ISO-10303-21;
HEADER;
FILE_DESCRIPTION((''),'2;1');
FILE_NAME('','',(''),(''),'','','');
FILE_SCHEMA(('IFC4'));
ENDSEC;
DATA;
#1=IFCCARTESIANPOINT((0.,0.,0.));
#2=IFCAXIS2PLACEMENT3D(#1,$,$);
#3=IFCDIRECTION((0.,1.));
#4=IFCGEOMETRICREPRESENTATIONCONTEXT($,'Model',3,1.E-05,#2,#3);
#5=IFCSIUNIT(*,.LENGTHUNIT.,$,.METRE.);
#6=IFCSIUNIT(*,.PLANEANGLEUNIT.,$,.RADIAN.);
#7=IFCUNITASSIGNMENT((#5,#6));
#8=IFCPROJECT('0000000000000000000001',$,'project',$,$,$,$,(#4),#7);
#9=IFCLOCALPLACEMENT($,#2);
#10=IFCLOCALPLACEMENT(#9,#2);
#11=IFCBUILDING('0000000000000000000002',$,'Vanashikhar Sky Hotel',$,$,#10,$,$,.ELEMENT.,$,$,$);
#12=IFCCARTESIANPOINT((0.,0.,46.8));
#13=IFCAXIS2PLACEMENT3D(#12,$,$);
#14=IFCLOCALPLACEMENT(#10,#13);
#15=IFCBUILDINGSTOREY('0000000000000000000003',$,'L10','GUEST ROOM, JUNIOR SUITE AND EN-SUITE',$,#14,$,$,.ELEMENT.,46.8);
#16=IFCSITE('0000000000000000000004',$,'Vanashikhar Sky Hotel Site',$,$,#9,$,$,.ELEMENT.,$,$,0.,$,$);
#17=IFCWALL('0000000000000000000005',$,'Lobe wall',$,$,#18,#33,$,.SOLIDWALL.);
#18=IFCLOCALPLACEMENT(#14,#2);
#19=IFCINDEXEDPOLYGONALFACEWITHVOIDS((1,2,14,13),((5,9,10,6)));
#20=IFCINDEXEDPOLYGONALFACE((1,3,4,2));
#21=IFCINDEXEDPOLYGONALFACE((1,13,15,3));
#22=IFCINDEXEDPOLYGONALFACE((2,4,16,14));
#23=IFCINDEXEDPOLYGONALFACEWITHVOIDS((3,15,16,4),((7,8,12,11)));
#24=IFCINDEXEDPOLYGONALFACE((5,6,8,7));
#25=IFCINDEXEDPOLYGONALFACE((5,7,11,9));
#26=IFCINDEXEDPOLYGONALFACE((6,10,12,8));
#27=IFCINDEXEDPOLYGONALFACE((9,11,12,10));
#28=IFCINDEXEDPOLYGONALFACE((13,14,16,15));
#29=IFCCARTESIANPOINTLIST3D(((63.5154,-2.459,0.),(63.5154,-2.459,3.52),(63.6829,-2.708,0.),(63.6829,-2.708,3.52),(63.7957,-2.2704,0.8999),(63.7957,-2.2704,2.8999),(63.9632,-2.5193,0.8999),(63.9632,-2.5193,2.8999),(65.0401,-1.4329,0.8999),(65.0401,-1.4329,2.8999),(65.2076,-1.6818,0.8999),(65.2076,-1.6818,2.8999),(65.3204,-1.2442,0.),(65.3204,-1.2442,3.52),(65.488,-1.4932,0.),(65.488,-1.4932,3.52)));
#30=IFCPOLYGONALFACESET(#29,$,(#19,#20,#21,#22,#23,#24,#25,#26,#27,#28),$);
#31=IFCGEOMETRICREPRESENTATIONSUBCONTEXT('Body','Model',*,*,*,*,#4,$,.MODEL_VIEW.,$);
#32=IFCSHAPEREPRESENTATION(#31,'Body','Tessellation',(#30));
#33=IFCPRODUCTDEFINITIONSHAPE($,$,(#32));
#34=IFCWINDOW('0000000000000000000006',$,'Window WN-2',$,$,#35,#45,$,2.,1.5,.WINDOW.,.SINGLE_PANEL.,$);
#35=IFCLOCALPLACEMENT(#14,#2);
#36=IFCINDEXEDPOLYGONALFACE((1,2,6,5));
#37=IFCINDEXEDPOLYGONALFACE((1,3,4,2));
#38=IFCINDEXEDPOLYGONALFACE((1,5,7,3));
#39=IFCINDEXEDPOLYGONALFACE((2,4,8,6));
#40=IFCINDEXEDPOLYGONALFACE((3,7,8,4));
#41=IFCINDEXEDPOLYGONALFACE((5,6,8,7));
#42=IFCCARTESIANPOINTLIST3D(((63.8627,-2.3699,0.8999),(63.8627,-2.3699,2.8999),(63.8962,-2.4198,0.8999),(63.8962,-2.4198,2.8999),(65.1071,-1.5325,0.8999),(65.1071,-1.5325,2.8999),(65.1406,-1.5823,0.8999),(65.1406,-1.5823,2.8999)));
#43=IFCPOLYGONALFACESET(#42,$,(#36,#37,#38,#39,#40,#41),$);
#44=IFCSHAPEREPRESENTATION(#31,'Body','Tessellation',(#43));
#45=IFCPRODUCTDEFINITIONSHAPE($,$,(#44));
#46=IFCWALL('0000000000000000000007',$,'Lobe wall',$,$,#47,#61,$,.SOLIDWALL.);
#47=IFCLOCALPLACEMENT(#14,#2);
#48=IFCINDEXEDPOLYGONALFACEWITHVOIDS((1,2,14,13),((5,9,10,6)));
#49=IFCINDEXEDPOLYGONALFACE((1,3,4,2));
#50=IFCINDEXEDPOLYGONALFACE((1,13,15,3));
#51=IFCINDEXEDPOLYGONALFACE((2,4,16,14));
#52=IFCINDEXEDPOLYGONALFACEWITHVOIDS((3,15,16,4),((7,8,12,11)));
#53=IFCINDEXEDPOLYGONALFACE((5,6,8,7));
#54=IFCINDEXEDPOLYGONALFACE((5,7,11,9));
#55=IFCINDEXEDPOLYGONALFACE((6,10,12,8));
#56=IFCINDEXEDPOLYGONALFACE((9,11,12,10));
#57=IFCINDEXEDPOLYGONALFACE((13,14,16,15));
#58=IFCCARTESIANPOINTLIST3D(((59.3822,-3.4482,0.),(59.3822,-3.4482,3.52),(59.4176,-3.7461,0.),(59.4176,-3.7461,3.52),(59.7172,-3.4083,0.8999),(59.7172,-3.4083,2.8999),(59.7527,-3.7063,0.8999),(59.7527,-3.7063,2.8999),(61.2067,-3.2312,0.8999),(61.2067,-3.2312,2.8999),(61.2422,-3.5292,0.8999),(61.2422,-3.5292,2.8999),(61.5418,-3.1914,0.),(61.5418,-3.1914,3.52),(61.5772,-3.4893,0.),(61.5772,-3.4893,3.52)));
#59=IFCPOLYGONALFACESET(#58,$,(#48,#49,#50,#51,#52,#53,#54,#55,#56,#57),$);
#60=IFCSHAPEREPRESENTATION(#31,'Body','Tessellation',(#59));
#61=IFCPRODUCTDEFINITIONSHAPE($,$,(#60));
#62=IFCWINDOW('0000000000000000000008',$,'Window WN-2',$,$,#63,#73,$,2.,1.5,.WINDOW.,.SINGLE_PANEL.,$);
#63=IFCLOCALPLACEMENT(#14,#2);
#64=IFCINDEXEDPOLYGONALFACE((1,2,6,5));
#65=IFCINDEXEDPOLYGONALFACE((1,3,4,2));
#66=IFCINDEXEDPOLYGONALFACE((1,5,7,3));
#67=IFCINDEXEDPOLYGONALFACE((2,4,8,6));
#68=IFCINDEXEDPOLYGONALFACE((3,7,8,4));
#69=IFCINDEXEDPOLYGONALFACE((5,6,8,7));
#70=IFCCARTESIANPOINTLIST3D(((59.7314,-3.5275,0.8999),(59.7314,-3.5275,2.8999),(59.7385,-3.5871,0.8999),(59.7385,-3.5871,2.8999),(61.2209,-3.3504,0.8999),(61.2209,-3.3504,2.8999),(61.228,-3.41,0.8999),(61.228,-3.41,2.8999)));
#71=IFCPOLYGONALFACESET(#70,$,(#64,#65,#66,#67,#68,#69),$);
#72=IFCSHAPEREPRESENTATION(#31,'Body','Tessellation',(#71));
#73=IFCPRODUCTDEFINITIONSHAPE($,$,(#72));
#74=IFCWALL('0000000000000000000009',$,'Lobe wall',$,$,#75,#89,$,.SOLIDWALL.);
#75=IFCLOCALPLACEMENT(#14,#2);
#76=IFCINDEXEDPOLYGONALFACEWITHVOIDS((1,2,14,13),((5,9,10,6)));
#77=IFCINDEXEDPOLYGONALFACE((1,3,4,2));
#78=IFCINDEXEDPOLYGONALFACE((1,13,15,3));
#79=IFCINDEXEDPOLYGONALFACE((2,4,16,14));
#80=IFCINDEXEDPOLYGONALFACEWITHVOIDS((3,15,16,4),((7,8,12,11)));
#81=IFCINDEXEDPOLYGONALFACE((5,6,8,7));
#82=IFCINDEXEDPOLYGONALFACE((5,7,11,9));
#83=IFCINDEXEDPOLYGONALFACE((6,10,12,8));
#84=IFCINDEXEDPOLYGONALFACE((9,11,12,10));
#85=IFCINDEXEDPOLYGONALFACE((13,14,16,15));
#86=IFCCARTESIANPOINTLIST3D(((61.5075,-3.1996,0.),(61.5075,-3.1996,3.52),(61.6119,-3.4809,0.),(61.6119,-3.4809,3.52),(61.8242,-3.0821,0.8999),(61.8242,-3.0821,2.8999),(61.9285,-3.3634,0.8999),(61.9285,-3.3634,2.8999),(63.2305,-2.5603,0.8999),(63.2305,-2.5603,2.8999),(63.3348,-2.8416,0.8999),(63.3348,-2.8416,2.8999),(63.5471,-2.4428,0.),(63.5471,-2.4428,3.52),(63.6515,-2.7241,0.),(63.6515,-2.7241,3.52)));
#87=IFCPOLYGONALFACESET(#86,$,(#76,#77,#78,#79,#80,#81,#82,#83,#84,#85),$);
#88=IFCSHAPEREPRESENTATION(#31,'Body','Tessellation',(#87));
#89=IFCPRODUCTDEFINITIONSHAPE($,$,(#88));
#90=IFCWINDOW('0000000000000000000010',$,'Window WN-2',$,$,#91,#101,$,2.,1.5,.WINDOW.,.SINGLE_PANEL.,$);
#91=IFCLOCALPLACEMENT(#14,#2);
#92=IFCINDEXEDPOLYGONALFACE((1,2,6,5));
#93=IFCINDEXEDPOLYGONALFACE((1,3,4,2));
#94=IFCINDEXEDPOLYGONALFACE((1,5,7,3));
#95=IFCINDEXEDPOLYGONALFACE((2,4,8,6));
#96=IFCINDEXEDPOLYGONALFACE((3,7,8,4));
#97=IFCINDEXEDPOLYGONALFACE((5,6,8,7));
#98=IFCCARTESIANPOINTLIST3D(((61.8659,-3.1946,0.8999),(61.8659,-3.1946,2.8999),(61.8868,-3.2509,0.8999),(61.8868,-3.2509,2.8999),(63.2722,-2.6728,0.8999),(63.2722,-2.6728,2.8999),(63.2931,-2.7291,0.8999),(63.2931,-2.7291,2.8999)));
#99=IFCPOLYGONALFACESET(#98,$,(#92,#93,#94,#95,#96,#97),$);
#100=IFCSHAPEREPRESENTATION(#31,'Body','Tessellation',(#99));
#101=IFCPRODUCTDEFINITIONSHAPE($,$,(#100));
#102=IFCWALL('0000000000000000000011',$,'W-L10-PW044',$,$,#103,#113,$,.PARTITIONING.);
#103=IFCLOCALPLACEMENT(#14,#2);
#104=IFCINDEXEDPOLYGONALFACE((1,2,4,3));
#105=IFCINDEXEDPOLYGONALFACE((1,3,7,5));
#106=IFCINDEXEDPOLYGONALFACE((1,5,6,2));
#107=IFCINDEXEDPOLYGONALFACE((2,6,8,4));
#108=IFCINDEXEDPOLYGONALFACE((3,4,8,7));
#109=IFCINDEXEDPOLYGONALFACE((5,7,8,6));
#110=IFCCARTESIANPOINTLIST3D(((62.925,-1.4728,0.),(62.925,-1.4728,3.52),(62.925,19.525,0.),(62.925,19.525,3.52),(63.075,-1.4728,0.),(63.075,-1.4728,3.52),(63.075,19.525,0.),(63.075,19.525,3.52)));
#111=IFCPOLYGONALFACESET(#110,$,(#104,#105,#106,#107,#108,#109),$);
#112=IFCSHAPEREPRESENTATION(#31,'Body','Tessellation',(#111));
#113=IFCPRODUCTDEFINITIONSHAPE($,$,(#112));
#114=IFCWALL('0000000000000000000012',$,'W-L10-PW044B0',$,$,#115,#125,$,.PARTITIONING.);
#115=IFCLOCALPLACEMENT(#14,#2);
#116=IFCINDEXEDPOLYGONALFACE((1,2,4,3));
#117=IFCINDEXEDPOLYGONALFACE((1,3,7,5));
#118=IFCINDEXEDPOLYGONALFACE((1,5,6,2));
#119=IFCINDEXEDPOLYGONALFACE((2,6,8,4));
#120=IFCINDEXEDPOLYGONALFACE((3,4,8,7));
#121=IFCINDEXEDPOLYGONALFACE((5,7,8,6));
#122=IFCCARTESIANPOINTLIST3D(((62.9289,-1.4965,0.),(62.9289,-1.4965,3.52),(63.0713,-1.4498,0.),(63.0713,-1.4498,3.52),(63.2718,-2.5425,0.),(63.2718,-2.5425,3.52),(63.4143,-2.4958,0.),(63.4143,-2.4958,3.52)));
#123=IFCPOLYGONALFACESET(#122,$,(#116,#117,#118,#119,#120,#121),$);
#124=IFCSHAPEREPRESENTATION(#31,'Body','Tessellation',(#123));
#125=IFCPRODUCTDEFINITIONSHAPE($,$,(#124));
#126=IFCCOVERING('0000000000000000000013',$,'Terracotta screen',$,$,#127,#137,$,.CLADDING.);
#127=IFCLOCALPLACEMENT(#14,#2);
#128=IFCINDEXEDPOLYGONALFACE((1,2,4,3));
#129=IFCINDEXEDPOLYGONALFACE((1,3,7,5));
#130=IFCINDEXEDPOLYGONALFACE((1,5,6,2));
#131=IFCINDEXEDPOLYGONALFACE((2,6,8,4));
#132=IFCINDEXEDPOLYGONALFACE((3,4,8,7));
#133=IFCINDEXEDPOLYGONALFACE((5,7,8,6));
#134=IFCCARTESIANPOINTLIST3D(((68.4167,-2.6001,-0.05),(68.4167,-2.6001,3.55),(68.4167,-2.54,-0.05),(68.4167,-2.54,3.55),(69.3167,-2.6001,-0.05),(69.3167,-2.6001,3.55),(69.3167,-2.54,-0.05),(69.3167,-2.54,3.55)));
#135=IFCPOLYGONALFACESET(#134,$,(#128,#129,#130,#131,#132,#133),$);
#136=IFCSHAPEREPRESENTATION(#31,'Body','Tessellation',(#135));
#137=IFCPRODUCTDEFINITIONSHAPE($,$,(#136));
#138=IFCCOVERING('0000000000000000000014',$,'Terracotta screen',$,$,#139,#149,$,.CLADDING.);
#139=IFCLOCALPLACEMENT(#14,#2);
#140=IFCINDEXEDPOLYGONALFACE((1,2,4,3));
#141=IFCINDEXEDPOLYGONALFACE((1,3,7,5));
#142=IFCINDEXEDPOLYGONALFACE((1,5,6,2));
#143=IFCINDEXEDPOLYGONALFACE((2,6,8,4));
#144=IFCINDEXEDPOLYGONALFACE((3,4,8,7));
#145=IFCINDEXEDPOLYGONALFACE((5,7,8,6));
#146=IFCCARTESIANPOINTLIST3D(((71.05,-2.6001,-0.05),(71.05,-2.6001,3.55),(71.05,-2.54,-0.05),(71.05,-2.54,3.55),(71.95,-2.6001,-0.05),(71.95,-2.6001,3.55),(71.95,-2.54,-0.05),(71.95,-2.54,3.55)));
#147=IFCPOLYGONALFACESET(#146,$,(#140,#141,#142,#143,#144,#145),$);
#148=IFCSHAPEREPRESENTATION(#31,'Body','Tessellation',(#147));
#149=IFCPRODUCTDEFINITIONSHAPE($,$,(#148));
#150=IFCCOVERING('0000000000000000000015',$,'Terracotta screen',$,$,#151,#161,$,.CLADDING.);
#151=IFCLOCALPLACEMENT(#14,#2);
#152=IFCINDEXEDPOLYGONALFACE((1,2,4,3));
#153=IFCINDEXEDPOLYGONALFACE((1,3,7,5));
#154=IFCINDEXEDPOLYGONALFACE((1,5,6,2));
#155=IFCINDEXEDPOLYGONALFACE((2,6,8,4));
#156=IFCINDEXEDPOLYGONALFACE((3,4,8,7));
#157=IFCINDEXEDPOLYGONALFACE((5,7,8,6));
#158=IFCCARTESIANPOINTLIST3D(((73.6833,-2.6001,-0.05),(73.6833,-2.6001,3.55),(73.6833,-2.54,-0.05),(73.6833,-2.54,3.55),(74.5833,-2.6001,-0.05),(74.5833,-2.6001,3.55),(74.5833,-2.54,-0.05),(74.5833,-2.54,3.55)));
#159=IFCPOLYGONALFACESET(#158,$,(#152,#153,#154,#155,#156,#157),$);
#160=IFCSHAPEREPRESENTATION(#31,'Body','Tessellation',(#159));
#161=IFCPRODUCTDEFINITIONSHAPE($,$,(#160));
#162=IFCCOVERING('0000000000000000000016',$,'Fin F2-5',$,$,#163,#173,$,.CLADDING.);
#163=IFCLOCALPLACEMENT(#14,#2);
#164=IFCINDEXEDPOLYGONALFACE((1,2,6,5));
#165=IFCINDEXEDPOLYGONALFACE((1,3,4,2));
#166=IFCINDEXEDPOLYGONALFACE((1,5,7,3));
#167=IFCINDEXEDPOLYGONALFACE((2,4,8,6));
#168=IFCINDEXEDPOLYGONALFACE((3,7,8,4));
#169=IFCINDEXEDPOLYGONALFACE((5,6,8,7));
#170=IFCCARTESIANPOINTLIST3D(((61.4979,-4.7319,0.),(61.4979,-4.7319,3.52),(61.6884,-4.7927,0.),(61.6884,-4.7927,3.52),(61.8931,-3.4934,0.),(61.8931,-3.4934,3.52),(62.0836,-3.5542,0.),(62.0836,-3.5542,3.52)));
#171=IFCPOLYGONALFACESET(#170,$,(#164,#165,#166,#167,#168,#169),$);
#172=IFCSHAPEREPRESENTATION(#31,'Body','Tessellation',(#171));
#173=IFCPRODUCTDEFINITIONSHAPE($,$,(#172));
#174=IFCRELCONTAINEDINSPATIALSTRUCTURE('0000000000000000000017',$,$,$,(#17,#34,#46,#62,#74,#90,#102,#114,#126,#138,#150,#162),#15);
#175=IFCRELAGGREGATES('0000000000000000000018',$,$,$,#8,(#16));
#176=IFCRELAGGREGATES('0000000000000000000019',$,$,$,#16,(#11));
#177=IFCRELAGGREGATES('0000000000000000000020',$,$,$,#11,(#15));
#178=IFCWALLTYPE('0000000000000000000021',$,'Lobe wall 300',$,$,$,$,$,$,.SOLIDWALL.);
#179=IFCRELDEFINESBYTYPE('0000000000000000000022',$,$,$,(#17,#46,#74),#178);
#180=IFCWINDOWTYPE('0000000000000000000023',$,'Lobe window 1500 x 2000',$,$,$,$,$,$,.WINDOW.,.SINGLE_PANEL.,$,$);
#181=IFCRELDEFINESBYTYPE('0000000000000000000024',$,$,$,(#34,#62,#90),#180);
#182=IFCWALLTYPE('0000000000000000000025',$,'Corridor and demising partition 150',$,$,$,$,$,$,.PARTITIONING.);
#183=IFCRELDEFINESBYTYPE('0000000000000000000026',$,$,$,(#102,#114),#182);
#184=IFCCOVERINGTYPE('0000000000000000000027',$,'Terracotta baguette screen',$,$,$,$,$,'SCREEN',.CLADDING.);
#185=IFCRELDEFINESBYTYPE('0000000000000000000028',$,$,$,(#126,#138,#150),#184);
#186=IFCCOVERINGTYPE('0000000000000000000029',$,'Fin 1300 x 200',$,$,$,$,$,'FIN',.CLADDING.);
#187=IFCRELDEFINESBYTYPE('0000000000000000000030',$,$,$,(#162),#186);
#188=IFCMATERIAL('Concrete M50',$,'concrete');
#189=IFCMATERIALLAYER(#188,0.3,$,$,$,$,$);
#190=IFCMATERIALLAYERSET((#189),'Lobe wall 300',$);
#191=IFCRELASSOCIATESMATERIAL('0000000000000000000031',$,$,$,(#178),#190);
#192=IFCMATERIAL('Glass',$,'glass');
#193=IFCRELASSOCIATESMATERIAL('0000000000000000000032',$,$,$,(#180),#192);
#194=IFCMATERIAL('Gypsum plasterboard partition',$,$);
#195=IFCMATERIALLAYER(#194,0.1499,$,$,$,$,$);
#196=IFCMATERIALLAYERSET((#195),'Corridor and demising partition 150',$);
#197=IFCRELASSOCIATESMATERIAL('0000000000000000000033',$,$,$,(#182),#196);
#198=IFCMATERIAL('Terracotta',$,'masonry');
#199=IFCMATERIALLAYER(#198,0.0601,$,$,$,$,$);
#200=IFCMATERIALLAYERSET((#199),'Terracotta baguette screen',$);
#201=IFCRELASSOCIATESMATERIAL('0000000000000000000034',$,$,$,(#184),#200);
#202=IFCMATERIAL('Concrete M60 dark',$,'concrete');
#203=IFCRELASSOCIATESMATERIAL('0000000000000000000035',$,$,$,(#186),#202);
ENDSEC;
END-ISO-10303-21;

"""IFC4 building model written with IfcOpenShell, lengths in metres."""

from ifc_helpers import new_model, si_unit, direction, frame, frame_2d, origin, origin_2d, place, context, subcontext, project, spatial, rectangle, extrude, source, transform, mapped, material, layer, layer_set, material_profile, profile_set, type_object, element, fill, save


model = new_model("IFC4")

# Units and contexts
model_context = context("Model", 3, precision=1e-05, world=origin(), true_north=direction((0.0, 1.0)))
body_context = subcontext(model_context, "Body", "Model", "MODEL_VIEW")
ifc_project = project(units=[si_unit("LENGTHUNIT", "METRE"), si_unit("PLANEANGLEUNIT", "RADIAN")], contexts=[model_context])

# Site, building, storey
site_placement = place(None, origin())
site = spatial("IfcSite", under=ifc_project, at=site_placement, Name="Vanashikhar Sky Hotel Site", CompositionType="ELEMENT", RefElevation=0.0)
building_placement = place(site_placement, origin())
building = spatial("IfcBuilding", under=site, at=building_placement, Name="Vanashikhar Sky Hotel", CompositionType="ELEMENT")
storey_placement = place(building_placement, frame((0.0, 0.0, 46.8)))
storey = spatial("IfcBuildingStorey", under=building, at=storey_placement, Name="L10", Description="GUEST ROOM, JUNIOR SUITE AND EN-SUITE", CompositionType="ELEMENT", Elevation=46.8)

# Walls, openings, windows
ifc_material_1 = material(Name="Concrete M50", Category="concrete")
ifc_layer_1 = layer(ifc_material_1, 0.3)
ifc_layer_set_1 = layer_set([ifc_layer_1], Name="Lobe wall 300")
wall_type_1 = type_object("IfcWallType", Name="Lobe wall 300", PredefinedType="SOLIDWALL", material=ifc_layer_set_1)
shared_shape_1 = source(origin(), body_context, "Body", "SweptSolid", [
    extrude(rectangle(XDim=2.1758, YDim=0.3, at=frame_2d((1.0879, 0.0))), origin(), (0.0, 0.0, 1.0), 3.52),
])
wall_1_placement = place(storey_placement, frame((63.5991, -2.5835, 0.0), z_axis=(0.0, 0.0, 1.0), x_axis=(0.829626, 0.55832, 0.0)))
wall_1 = element("IfcWall", 1, at=wall_1_placement, inside=storey, type_object=wall_type_1, Name="Lobe wall", PredefinedType="SOLIDWALL", context=body_context, shape_type="MappedRepresentation", body=[
    mapped(shared_shape_1, transform((0.0, 0.0, 0.0), scale=1.0)),
])
shared_shape_2 = source(origin(), body_context, "Body", "SweptSolid", [
    extrude(rectangle(XDim=1.5, YDim=2.0, at=frame_2d((0.75, 1.0))), frame((0.0, 0.1602, 0.0), z_axis=(0.0, -1.0, 0.0), x_axis=(1.0, 0.0, 0.0)), (0.0, 0.0, 1.0), 0.3201),
])
opening_1_placement = place(wall_1_placement, frame((0.3379, 0.0, 0.8999)))
opening_1 = element("IfcOpeningElement", 2, at=opening_1_placement, cuts=wall_1, PredefinedType="OPENING", context=body_context, shape_type="MappedRepresentation", body=[
    mapped(shared_shape_2, transform((0.0, 0.0, 0.0), scale=1.0)),
])
ifc_material_2 = material(Name="Glass", Category="glass")
window_type = type_object("IfcWindowType", Name="Lobe window 1500 x 2000", PartitioningType="SINGLE_PANEL", PredefinedType="WINDOW", material=ifc_material_2)
shared_shape_3 = source(origin(), body_context, "Body", "SweptSolid", [
    extrude(rectangle(XDim=1.5, YDim=2.0, at=frame_2d((0.75, 1.0))), frame((0.0, 0.03, 0.0), z_axis=(0.0, -1.0, 0.0), x_axis=(1.0, 0.0, 0.0)), (0.0, 0.0, 1.0), 0.0601),
])
window_1_placement = place(opening_1_placement, origin())
window_1 = element("IfcWindow", 3, at=window_1_placement, inside=storey, type_object=window_type, Name="Window WN-2", OverallHeight=2.0, OverallWidth=1.5, PartitioningType="SINGLE_PANEL", PredefinedType="WINDOW", context=body_context, shape_type="MappedRepresentation", body=[
    mapped(shared_shape_3, transform((0.0, 0.0, 0.0), scale=1.0)),
])
fill(opening_1, window_1)
shared_shape_4 = source(origin(), body_context, "Body", "SweptSolid", [
    extrude(rectangle(XDim=2.1748, YDim=0.3, at=frame_2d((1.0874, 0.0))), origin(), (0.0, 0.0, 1.0), 3.52),
])
wall_2_placement = place(storey_placement, frame((59.3999, -3.5972, 0.0), z_axis=(0.0, 0.0, 1.0), x_axis=(0.993003, 0.118092, 0.0)))
wall_2 = element("IfcWall", 4, at=wall_2_placement, inside=storey, type_object=wall_type_1, Name="Lobe wall", PredefinedType="SOLIDWALL", context=body_context, shape_type="MappedRepresentation", body=[
    mapped(shared_shape_4, transform((0.0, 0.0, 0.0), scale=1.0)),
])
opening_2_placement = place(wall_2_placement, frame((0.3374, 0.0, 0.8999)))
opening_2 = element("IfcOpeningElement", 5, at=opening_2_placement, cuts=wall_2, PredefinedType="OPENING", context=body_context, shape_type="MappedRepresentation", body=[
    mapped(shared_shape_2, transform((0.0, 0.0, 0.0), scale=1.0)),
])
window_2_placement = place(opening_2_placement, origin())
window_2 = element("IfcWindow", 6, at=window_2_placement, inside=storey, type_object=window_type, Name="Window WN-2", OverallHeight=2.0, OverallWidth=1.5, PartitioningType="SINGLE_PANEL", PredefinedType="WINDOW", context=body_context, shape_type="MappedRepresentation", body=[
    mapped(shared_shape_3, transform((0.0, 0.0, 0.0), scale=1.0)),
])
fill(opening_2, window_2)
shared_shape_5 = source(origin(), body_context, "Body", "SweptSolid", [
    extrude(rectangle(XDim=2.1755, YDim=0.3, at=frame_2d((1.0879, 0.0))), origin(), (0.0, 0.0, 1.0), 3.52),
])
wall_3_placement = place(storey_placement, frame((61.5596, -3.3403, 0.0), z_axis=(0.0, 0.0, 1.0), x_axis=(0.937532, 0.347899, 0.0)))
wall_3 = element("IfcWall", 7, at=wall_3_placement, inside=storey, type_object=wall_type_1, Name="Lobe wall", PredefinedType="SOLIDWALL", context=body_context, shape_type="MappedRepresentation", body=[
    mapped(shared_shape_5, transform((0.0, 0.0, 0.0), scale=1.0)),
])
opening_3_placement = place(wall_3_placement, frame((0.3379, 0.0, 0.8999)))
opening_3 = element("IfcOpeningElement", 8, at=opening_3_placement, cuts=wall_3, PredefinedType="OPENING", context=body_context, shape_type="MappedRepresentation", body=[
    mapped(shared_shape_2, transform((0.0, 0.0, 0.0), scale=1.0)),
])
window_3_placement = place(opening_3_placement, origin())
window_3 = element("IfcWindow", 9, at=window_3_placement, inside=storey, type_object=window_type, Name="Window WN-2", OverallHeight=2.0, OverallWidth=1.5, PartitioningType="SINGLE_PANEL", PredefinedType="WINDOW", context=body_context, shape_type="MappedRepresentation", body=[
    mapped(shared_shape_3, transform((0.0, 0.0, 0.0), scale=1.0)),
])
fill(opening_3, window_3)

# Walls
ifc_material_3 = material(Name="Gypsum plasterboard partition")
ifc_layer_2 = layer(ifc_material_3, 0.1499)
ifc_layer_set_2 = layer_set([ifc_layer_2], Name="Corridor and demising partition 150")
wall_type_2 = type_object("IfcWallType", Name="Corridor and demising partition 150", PredefinedType="PARTITIONING", material=ifc_layer_set_2)
shared_shape_6 = source(origin(), body_context, "Body", "SweptSolid", [
    extrude(rectangle(XDim=20.9978, YDim=0.1499, at=frame_2d((10.499, 0.0))), origin(), (0.0, 0.0, 1.0), 3.52),
])
wall_4_placement = place(storey_placement, frame((63.0, -1.4729, 0.0), z_axis=(0.0, 0.0, 1.0), x_axis=(0.0, 1.0, 0.0)))
element("IfcWall", 10, at=wall_4_placement, inside=storey, type_object=wall_type_2, Name="W-L10-PW044", PredefinedType="PARTITIONING", context=body_context, shape_type="MappedRepresentation", body=[
    mapped(shared_shape_6, transform((0.0, 0.0, 0.0), scale=1.0)),
])
shared_shape_7 = source(origin(), body_context, "Body", "SweptSolid", [
    extrude(rectangle(XDim=1.1008, YDim=0.1499, at=frame_2d((0.5503, 0.0))), origin(), (0.0, 0.0, 1.0), 3.52),
])
wall_5_placement = place(storey_placement, frame((63.343, -2.519, 0.0), z_axis=(0.0, 0.0, 1.0), x_axis=(-0.311567, 0.950224, 0.0)))
element("IfcWall", 11, at=wall_5_placement, inside=storey, type_object=wall_type_2, Name="W-L10-PW044B0", PredefinedType="PARTITIONING", context=body_context, shape_type="MappedRepresentation", body=[
    mapped(shared_shape_7, transform((0.0, 0.0, 0.0), scale=1.0)),
])

# Coverings
ifc_material_4 = material(Name="Terracotta", Category="masonry")
ifc_layer_3 = layer(ifc_material_4, 0.0601)
ifc_layer_set_3 = layer_set([ifc_layer_3], Name="Terracotta baguette screen")
covering_type_1 = type_object("IfcCoveringType", Name="Terracotta baguette screen", ElementType="SCREEN", PredefinedType="CLADDING", material=ifc_layer_set_3)
shared_shape_8 = source(origin(), body_context, "Body", "SweptSolid", [
    extrude(rectangle(XDim=0.8999, YDim=0.0601, at=origin_2d()), origin(), (0.0, 0.0, 1.0), 3.6001),
])
for number, where, z_axis, x_axis, name in (
    (12, (68.8667, -2.5701, -0.05), (0.0, 0.0, 1.0), (1.0, 0.0, 0.0), "Terracotta screen"),
    (13, (71.5, -2.5701, -0.05), (0.0, 0.0, 1.0), (1.0, 0.0, 0.0), "Terracotta screen"),
    (14, (74.1333, -2.5701, -0.05), (0.0, 0.0, 1.0), (1.0, 0.0, 0.0), "Terracotta screen"),
):
    element("IfcCovering", number, at=place(storey_placement, frame(where, z_axis=z_axis, x_axis=x_axis)), inside=storey, type_object=covering_type_1, Name=name, PredefinedType="CLADDING", context=body_context, shape_type="MappedRepresentation", body=[
        mapped(shared_shape_8, transform((0.0, 0.0, 0.0), scale=1.0)),
    ])
ifc_material_5 = material(Name="Concrete M60 dark", Category="concrete")
ifc_material_profile = material_profile(ifc_material_5, rectangle(XDim=1.3, YDim=0.2, at=origin_2d()))
ifc_profile_set = profile_set([ifc_material_profile], Name="Fin 1300 x 200")
covering_type_2 = type_object("IfcCoveringType", Name="Fin 1300 x 200", ElementType="FIN", PredefinedType="CLADDING", material=ifc_profile_set)
shared_shape_9 = source(origin(), body_context, "Body", "SweptSolid", [
    extrude(rectangle(XDim=1.3, YDim=0.2, at=origin_2d()), origin(), (0.0, 0.0, 1.0), 3.52),
])
for number, where, z_axis, x_axis, name in (
    (15, (61.7908, -4.1431, 0.0), (0.0, 0.0, 1.0), (-0.303967, -0.952683, 0.0), "Fin F2-5"),
):
    element("IfcCovering", number, at=place(storey_placement, frame(where, z_axis=z_axis, x_axis=x_axis)), inside=storey, type_object=covering_type_2, Name=name, PredefinedType="CLADDING", context=body_context, shape_type="MappedRepresentation", body=[
        mapped(shared_shape_9, transform((0.0, 0.0, 0.0), scale=1.0)),
    ])

save(model, "model.ifc")
